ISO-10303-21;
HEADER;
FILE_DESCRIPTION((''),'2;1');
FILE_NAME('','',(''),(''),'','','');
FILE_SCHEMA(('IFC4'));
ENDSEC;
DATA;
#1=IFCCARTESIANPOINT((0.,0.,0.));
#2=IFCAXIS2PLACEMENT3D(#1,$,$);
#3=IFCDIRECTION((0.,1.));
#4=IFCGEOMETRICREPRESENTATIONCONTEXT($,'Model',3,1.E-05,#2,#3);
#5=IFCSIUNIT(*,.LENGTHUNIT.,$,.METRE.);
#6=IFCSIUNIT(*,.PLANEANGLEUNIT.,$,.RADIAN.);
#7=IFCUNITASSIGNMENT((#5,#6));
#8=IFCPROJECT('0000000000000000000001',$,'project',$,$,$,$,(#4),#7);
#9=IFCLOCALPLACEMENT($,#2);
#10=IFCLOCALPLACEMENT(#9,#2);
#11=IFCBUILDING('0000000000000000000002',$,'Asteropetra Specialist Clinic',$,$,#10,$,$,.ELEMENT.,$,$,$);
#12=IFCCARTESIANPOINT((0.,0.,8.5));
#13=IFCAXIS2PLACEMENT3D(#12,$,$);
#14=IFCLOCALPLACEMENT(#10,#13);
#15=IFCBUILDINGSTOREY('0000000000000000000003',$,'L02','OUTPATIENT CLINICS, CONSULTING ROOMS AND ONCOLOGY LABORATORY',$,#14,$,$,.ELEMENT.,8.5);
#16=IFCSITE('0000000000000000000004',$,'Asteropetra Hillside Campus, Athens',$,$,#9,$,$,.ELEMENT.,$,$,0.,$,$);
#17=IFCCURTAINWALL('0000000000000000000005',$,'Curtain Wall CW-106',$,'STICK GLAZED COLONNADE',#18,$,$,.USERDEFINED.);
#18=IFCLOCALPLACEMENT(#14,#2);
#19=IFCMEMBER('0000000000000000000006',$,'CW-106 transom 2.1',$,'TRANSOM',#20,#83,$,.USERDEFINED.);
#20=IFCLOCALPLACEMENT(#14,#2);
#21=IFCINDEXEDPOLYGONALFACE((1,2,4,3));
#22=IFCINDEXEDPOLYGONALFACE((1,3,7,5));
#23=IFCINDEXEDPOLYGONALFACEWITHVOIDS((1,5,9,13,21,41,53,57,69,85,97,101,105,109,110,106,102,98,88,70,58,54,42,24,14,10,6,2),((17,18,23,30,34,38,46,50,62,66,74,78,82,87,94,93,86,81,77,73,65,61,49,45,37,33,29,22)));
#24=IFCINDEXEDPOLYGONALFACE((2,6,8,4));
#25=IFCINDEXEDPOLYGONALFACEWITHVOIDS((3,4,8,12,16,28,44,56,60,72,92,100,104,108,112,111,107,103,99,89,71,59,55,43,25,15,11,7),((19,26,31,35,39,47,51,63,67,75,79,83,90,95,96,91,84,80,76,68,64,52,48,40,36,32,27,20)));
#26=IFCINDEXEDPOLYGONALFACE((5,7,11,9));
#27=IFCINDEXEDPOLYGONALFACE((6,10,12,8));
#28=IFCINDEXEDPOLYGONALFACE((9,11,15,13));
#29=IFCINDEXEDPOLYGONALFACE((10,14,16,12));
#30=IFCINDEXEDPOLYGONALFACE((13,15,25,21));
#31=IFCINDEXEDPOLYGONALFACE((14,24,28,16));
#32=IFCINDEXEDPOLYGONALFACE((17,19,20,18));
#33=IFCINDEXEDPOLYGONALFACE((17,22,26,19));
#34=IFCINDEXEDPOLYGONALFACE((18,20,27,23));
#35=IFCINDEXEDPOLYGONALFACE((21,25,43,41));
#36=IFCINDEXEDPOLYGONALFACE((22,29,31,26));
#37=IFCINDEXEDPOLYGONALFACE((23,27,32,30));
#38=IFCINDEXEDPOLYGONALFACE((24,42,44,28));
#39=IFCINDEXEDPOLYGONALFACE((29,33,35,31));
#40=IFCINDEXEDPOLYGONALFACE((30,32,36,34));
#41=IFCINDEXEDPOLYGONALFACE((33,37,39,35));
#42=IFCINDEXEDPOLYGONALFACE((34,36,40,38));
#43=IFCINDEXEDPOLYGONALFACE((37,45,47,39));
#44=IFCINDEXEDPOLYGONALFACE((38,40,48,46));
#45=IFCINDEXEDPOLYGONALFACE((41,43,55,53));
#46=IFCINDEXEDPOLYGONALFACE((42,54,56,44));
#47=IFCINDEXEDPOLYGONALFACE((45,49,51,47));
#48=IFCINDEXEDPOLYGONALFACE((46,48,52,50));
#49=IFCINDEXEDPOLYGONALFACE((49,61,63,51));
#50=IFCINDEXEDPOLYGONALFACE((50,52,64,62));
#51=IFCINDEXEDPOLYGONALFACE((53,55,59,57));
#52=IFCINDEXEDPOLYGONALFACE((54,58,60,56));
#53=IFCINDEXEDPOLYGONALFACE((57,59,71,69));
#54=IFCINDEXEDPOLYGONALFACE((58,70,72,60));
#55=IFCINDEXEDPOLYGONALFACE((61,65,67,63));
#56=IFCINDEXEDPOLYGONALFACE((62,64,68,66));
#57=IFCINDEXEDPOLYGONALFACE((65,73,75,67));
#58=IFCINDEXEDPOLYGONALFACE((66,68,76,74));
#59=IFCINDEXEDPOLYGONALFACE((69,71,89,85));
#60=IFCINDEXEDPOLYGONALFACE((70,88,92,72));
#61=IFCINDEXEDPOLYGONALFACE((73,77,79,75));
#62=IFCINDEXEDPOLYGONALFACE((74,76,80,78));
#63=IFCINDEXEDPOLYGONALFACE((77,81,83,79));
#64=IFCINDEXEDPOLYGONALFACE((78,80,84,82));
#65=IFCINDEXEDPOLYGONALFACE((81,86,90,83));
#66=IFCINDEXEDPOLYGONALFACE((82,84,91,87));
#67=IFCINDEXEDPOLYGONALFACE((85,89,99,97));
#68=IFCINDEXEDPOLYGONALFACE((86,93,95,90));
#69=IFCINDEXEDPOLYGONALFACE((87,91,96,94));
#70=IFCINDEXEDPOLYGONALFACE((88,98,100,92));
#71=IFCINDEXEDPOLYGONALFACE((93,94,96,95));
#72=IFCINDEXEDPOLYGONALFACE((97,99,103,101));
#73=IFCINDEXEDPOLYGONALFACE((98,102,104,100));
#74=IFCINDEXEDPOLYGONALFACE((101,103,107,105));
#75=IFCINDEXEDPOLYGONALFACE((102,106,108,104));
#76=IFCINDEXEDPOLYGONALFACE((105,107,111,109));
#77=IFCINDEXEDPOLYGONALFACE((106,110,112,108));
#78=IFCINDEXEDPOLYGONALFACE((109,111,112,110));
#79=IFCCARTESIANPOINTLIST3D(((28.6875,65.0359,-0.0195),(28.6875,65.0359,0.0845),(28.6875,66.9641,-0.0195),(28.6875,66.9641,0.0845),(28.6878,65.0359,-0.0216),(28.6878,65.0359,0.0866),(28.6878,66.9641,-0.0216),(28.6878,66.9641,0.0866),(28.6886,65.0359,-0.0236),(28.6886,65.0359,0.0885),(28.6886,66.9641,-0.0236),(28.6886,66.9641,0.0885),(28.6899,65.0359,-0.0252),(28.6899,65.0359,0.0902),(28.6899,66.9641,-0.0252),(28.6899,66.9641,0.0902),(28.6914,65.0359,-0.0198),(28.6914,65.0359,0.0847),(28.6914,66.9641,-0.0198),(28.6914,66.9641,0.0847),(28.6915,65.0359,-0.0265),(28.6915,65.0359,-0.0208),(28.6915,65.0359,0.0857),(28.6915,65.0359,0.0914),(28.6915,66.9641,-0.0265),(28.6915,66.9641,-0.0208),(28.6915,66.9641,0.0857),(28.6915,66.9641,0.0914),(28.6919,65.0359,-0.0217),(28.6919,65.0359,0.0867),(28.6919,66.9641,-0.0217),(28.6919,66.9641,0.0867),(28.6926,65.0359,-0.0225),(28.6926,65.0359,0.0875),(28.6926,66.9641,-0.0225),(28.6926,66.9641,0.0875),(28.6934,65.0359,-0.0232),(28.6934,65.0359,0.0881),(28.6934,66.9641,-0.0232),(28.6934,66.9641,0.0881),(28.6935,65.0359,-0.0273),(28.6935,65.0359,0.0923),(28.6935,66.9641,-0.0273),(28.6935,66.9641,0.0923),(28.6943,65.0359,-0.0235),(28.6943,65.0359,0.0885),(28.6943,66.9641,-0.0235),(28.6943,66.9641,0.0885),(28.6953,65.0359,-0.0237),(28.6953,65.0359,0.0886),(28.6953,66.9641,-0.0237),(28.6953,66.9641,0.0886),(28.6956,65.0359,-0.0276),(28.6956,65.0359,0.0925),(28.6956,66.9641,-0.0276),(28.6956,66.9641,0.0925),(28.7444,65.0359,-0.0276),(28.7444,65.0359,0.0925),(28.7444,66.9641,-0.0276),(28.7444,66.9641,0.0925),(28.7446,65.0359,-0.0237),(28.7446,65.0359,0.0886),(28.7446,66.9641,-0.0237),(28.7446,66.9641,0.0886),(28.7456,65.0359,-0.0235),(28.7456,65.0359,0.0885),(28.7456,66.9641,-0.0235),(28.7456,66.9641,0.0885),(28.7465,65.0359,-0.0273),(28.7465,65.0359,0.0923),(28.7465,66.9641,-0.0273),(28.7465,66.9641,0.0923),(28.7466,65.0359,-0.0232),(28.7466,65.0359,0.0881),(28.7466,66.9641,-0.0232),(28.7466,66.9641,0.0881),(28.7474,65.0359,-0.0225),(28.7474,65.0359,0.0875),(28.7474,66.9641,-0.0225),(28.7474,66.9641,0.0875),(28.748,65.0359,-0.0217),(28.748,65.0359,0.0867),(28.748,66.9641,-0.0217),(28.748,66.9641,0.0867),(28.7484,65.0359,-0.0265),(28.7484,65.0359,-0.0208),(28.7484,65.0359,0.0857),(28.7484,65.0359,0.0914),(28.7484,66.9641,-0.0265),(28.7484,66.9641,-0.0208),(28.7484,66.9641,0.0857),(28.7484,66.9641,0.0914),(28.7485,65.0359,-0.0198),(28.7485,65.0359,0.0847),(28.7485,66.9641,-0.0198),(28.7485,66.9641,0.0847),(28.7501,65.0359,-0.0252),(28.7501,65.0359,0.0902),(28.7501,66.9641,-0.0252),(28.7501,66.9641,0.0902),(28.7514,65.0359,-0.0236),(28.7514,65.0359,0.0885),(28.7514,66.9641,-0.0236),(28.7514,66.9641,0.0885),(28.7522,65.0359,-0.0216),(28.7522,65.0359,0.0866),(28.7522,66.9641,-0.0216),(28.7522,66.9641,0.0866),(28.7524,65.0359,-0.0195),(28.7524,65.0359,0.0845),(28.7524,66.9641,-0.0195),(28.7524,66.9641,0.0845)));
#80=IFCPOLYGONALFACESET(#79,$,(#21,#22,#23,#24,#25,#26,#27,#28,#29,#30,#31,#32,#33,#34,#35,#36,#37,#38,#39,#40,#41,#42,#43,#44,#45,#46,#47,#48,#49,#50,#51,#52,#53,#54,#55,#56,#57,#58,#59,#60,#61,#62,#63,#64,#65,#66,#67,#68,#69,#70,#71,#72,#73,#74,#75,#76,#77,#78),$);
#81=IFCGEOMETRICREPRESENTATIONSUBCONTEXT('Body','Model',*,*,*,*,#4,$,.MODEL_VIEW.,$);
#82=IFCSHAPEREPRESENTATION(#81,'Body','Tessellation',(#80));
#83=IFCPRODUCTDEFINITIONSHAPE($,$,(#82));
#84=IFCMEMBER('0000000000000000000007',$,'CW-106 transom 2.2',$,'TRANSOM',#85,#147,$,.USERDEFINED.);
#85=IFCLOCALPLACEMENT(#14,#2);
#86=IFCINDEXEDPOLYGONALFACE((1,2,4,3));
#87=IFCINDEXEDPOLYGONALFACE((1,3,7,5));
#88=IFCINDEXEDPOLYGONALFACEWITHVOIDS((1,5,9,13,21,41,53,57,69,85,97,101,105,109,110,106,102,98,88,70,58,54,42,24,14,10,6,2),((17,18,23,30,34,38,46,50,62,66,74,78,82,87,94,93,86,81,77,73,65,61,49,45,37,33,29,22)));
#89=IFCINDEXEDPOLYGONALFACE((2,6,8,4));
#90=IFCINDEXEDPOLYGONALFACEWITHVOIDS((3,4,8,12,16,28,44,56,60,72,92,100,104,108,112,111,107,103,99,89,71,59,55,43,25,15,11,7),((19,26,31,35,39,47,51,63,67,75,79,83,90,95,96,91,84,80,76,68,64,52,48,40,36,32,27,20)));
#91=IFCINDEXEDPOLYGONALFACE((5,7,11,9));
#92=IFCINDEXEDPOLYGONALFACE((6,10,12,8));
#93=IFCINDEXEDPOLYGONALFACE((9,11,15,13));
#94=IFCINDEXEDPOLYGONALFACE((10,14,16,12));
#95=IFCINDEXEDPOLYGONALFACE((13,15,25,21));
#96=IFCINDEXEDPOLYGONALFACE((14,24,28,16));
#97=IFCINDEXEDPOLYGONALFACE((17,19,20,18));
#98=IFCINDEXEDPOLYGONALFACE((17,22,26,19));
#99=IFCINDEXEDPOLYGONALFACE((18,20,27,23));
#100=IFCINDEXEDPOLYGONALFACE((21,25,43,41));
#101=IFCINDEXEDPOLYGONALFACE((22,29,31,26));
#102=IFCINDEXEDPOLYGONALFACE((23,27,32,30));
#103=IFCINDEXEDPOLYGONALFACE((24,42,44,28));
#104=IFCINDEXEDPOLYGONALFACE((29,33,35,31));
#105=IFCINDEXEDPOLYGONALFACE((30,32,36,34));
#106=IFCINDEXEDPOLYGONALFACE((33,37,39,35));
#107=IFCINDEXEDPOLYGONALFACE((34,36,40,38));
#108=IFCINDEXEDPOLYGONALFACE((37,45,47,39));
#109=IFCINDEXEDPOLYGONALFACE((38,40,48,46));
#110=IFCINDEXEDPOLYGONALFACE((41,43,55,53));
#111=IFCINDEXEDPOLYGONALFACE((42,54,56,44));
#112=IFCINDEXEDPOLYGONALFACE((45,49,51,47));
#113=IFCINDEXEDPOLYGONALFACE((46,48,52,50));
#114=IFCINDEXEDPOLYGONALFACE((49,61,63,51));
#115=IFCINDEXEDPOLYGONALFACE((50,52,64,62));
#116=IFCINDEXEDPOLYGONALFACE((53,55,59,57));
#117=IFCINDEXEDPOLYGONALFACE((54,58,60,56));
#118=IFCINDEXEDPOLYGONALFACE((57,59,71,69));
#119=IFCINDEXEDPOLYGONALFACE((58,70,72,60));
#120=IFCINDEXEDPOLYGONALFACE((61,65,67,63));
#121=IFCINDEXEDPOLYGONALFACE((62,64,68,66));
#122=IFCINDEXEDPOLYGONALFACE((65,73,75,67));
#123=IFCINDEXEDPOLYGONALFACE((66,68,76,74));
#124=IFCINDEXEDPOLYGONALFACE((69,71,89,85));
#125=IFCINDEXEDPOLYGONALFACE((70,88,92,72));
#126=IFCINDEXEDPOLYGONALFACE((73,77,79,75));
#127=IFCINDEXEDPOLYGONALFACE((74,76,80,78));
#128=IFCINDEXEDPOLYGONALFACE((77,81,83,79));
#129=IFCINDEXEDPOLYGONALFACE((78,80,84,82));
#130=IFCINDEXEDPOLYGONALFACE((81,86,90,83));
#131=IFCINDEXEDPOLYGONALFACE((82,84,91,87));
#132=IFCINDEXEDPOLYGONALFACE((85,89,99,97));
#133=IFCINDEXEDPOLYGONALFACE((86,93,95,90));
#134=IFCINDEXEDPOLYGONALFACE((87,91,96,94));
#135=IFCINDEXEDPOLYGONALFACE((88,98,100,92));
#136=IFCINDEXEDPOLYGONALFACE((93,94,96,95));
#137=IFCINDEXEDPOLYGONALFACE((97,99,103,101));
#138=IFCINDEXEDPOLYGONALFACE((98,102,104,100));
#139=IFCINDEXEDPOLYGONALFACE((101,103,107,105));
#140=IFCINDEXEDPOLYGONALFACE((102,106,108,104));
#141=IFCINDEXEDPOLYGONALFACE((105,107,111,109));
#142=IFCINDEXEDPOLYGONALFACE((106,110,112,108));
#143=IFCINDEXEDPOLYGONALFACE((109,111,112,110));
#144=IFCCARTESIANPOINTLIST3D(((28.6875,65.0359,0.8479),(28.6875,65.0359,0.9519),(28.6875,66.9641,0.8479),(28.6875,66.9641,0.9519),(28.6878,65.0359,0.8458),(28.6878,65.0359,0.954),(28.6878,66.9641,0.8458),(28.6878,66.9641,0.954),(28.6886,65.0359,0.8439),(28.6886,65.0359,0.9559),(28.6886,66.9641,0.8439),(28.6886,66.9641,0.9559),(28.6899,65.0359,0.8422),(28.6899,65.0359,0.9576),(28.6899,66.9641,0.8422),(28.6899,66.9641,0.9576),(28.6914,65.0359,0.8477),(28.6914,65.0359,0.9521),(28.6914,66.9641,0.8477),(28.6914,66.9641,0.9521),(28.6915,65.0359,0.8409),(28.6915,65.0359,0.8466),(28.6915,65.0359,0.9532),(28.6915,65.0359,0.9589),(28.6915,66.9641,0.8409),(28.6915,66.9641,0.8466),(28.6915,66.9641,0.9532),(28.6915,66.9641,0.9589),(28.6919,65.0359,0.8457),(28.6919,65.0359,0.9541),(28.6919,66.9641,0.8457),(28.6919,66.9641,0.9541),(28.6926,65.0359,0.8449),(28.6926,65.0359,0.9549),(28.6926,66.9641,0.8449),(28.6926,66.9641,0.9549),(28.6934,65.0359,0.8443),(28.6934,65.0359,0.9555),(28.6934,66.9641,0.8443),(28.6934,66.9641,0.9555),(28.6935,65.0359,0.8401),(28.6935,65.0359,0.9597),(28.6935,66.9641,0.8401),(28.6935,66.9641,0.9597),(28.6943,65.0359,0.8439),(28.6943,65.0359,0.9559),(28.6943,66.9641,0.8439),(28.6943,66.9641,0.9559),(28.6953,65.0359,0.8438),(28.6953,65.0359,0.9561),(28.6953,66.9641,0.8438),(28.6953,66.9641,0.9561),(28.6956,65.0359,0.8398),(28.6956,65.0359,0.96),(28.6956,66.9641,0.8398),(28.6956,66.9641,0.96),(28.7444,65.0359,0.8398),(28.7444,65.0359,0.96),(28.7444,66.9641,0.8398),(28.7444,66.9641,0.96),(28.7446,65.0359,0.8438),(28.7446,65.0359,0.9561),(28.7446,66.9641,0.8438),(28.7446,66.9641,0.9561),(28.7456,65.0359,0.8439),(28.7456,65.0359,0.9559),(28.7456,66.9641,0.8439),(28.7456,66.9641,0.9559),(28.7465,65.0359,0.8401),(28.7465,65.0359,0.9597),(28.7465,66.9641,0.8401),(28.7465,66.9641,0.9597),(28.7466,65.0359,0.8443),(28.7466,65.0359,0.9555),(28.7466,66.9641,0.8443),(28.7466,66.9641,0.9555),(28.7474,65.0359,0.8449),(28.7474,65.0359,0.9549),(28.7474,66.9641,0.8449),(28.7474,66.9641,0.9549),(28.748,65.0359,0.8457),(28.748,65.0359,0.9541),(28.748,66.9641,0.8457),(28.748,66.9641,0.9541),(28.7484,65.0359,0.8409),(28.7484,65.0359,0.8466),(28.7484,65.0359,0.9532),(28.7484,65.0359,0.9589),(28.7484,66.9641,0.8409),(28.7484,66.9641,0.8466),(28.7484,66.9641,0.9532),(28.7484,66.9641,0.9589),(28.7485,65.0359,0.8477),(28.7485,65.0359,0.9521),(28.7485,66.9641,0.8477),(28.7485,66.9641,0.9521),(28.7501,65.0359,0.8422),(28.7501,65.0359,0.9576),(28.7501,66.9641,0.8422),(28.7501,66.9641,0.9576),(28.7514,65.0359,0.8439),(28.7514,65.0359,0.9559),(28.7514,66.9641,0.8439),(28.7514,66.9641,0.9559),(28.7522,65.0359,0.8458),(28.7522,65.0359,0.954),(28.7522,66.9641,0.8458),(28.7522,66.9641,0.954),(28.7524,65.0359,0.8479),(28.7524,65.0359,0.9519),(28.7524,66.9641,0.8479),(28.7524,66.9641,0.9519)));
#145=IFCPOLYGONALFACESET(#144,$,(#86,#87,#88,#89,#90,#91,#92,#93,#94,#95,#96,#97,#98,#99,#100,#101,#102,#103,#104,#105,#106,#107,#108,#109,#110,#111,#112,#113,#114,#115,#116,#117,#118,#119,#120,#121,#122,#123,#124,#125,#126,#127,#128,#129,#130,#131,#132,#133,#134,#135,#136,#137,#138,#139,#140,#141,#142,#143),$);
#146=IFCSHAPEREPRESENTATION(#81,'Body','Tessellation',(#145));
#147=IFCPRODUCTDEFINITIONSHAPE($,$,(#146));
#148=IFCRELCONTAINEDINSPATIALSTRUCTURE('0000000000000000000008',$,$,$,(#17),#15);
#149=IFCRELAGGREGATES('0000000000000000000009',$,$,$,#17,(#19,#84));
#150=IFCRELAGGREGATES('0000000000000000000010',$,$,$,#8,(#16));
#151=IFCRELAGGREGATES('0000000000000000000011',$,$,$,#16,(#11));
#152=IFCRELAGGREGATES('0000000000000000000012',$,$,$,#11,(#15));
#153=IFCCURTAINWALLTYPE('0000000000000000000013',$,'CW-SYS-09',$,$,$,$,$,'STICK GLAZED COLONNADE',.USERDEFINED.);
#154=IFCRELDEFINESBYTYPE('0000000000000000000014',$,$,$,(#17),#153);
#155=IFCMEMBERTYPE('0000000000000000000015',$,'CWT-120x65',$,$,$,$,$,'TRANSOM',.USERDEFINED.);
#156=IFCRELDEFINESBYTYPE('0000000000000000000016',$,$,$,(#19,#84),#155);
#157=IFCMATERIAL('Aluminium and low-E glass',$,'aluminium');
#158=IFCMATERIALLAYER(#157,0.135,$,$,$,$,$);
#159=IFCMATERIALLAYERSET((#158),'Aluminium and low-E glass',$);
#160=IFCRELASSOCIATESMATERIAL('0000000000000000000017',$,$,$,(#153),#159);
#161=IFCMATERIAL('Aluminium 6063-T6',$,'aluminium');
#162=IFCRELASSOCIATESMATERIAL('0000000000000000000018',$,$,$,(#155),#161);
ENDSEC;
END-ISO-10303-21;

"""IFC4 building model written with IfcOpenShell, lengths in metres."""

from ifc_helpers import new_model, si_unit, direction, frame, origin, origin_2d, place, context, subcontext, project, spatial, hollow_rectangle, extrude, material, layer, layer_set, material_profile, profile_set, type_object, element, aggregate, save


model = new_model("IFC4")

# Units and contexts
model_context = context("Model", 3, precision=1e-05, world=origin(), true_north=direction((0.0, 1.0)))
body_context = subcontext(model_context, "Body", "Model", "MODEL_VIEW")
ifc_project = project(units=[si_unit("LENGTHUNIT", "METRE"), si_unit("PLANEANGLEUNIT", "RADIAN")], contexts=[model_context])

# Site, building, storey
site_placement = place(None, origin())
site = spatial("IfcSite", under=ifc_project, at=site_placement, Name="Asteropetra Hillside Campus, Athens", CompositionType="ELEMENT", RefElevation=0.0)
building_placement = place(site_placement, origin())
building = spatial("IfcBuilding", under=site, at=building_placement, Name="Asteropetra Specialist Clinic", CompositionType="ELEMENT")
storey_placement = place(building_placement, frame((0.0, 0.0, 8.5)))
storey = spatial("IfcBuildingStorey", under=building, at=storey_placement, Name="L02", Description="OUTPATIENT CLINICS, CONSULTING ROOMS AND ONCOLOGY LABORATORY", CompositionType="ELEMENT", Elevation=8.5)

# Curtain wall, members
ifc_material_1 = material(Name="Aluminium and low-E glass", Category="aluminium")
ifc_layer_1 = layer(ifc_material_1, 0.135)
ifc_layer_set_1 = layer_set([ifc_layer_1], Name="Aluminium and low-E glass")
curtain_wall_type = type_object("IfcCurtainWallType", Name="CW-SYS-09", ElementType="STICK GLAZED COLONNADE", PredefinedType="USERDEFINED", material=ifc_layer_set_1)
curtain_wall_placement = place(storey_placement, origin())
curtain_wall = element("IfcCurtainWall", 1, at=curtain_wall_placement, inside=storey, type_object=curtain_wall_type, Name="Curtain Wall CW-106", ObjectType="STICK GLAZED COLONNADE", PredefinedType="USERDEFINED")
ifc_material_2 = material(Name="Aluminium 6063-T6", Category="aluminium")
ifc_material_profile_1 = material_profile(ifc_material_2, hollow_rectangle(XDim=0.0649, YDim=0.1201, WallThickness=0.0039, InnerFilletRadius=0.0039, OuterFilletRadius=0.0081, at=origin_2d()), Name="TRN 120x65x4.0")
ifc_profile_set_1 = profile_set([ifc_material_profile_1], Name="Aluminium 6063-T6")
member_type_1 = type_object("IfcMemberType", Name="CWT-120x65", ElementType="TRANSOM", PredefinedType="USERDEFINED", material=ifc_profile_set_1)
member_1_placement = place(storey_placement, frame((28.72, 66.9641, 0.0325), z_axis=(0.0, -1.0, 0.0), x_axis=(1.0, 0.0, 0.0)))
member_1 = element("IfcMember", 2, at=member_1_placement, type_object=member_type_1, Name="CW-106 transom 2.1", ObjectType="TRANSOM", PredefinedType="USERDEFINED", context=body_context, shape_type="SweptSolid", body=[
    extrude(hollow_rectangle(XDim=0.0649, YDim=0.1201, WallThickness=0.0039, InnerFilletRadius=0.0039, OuterFilletRadius=0.0081, at=origin_2d()), origin(), (0.0, 0.0, 1.0), 1.9282),
])
member_2_placement = place(storey_placement, frame((28.72, 66.9641, 0.8999), z_axis=(0.0, -1.0, 0.0), x_axis=(1.0, 0.0, 0.0)))
member_2 = element("IfcMember", 3, at=member_2_placement, type_object=member_type_1, Name="CW-106 transom 2.2", ObjectType="TRANSOM", PredefinedType="USERDEFINED", context=body_context, shape_type="SweptSolid", body=[
    extrude(hollow_rectangle(XDim=0.0649, YDim=0.1201, WallThickness=0.0039, InnerFilletRadius=0.0039, OuterFilletRadius=0.0081, at=origin_2d()), origin(), (0.0, 0.0, 1.0), 1.9282),
])

aggregate(curtain_wall, [member_1, member_2])

save(model, "model.ifc")
